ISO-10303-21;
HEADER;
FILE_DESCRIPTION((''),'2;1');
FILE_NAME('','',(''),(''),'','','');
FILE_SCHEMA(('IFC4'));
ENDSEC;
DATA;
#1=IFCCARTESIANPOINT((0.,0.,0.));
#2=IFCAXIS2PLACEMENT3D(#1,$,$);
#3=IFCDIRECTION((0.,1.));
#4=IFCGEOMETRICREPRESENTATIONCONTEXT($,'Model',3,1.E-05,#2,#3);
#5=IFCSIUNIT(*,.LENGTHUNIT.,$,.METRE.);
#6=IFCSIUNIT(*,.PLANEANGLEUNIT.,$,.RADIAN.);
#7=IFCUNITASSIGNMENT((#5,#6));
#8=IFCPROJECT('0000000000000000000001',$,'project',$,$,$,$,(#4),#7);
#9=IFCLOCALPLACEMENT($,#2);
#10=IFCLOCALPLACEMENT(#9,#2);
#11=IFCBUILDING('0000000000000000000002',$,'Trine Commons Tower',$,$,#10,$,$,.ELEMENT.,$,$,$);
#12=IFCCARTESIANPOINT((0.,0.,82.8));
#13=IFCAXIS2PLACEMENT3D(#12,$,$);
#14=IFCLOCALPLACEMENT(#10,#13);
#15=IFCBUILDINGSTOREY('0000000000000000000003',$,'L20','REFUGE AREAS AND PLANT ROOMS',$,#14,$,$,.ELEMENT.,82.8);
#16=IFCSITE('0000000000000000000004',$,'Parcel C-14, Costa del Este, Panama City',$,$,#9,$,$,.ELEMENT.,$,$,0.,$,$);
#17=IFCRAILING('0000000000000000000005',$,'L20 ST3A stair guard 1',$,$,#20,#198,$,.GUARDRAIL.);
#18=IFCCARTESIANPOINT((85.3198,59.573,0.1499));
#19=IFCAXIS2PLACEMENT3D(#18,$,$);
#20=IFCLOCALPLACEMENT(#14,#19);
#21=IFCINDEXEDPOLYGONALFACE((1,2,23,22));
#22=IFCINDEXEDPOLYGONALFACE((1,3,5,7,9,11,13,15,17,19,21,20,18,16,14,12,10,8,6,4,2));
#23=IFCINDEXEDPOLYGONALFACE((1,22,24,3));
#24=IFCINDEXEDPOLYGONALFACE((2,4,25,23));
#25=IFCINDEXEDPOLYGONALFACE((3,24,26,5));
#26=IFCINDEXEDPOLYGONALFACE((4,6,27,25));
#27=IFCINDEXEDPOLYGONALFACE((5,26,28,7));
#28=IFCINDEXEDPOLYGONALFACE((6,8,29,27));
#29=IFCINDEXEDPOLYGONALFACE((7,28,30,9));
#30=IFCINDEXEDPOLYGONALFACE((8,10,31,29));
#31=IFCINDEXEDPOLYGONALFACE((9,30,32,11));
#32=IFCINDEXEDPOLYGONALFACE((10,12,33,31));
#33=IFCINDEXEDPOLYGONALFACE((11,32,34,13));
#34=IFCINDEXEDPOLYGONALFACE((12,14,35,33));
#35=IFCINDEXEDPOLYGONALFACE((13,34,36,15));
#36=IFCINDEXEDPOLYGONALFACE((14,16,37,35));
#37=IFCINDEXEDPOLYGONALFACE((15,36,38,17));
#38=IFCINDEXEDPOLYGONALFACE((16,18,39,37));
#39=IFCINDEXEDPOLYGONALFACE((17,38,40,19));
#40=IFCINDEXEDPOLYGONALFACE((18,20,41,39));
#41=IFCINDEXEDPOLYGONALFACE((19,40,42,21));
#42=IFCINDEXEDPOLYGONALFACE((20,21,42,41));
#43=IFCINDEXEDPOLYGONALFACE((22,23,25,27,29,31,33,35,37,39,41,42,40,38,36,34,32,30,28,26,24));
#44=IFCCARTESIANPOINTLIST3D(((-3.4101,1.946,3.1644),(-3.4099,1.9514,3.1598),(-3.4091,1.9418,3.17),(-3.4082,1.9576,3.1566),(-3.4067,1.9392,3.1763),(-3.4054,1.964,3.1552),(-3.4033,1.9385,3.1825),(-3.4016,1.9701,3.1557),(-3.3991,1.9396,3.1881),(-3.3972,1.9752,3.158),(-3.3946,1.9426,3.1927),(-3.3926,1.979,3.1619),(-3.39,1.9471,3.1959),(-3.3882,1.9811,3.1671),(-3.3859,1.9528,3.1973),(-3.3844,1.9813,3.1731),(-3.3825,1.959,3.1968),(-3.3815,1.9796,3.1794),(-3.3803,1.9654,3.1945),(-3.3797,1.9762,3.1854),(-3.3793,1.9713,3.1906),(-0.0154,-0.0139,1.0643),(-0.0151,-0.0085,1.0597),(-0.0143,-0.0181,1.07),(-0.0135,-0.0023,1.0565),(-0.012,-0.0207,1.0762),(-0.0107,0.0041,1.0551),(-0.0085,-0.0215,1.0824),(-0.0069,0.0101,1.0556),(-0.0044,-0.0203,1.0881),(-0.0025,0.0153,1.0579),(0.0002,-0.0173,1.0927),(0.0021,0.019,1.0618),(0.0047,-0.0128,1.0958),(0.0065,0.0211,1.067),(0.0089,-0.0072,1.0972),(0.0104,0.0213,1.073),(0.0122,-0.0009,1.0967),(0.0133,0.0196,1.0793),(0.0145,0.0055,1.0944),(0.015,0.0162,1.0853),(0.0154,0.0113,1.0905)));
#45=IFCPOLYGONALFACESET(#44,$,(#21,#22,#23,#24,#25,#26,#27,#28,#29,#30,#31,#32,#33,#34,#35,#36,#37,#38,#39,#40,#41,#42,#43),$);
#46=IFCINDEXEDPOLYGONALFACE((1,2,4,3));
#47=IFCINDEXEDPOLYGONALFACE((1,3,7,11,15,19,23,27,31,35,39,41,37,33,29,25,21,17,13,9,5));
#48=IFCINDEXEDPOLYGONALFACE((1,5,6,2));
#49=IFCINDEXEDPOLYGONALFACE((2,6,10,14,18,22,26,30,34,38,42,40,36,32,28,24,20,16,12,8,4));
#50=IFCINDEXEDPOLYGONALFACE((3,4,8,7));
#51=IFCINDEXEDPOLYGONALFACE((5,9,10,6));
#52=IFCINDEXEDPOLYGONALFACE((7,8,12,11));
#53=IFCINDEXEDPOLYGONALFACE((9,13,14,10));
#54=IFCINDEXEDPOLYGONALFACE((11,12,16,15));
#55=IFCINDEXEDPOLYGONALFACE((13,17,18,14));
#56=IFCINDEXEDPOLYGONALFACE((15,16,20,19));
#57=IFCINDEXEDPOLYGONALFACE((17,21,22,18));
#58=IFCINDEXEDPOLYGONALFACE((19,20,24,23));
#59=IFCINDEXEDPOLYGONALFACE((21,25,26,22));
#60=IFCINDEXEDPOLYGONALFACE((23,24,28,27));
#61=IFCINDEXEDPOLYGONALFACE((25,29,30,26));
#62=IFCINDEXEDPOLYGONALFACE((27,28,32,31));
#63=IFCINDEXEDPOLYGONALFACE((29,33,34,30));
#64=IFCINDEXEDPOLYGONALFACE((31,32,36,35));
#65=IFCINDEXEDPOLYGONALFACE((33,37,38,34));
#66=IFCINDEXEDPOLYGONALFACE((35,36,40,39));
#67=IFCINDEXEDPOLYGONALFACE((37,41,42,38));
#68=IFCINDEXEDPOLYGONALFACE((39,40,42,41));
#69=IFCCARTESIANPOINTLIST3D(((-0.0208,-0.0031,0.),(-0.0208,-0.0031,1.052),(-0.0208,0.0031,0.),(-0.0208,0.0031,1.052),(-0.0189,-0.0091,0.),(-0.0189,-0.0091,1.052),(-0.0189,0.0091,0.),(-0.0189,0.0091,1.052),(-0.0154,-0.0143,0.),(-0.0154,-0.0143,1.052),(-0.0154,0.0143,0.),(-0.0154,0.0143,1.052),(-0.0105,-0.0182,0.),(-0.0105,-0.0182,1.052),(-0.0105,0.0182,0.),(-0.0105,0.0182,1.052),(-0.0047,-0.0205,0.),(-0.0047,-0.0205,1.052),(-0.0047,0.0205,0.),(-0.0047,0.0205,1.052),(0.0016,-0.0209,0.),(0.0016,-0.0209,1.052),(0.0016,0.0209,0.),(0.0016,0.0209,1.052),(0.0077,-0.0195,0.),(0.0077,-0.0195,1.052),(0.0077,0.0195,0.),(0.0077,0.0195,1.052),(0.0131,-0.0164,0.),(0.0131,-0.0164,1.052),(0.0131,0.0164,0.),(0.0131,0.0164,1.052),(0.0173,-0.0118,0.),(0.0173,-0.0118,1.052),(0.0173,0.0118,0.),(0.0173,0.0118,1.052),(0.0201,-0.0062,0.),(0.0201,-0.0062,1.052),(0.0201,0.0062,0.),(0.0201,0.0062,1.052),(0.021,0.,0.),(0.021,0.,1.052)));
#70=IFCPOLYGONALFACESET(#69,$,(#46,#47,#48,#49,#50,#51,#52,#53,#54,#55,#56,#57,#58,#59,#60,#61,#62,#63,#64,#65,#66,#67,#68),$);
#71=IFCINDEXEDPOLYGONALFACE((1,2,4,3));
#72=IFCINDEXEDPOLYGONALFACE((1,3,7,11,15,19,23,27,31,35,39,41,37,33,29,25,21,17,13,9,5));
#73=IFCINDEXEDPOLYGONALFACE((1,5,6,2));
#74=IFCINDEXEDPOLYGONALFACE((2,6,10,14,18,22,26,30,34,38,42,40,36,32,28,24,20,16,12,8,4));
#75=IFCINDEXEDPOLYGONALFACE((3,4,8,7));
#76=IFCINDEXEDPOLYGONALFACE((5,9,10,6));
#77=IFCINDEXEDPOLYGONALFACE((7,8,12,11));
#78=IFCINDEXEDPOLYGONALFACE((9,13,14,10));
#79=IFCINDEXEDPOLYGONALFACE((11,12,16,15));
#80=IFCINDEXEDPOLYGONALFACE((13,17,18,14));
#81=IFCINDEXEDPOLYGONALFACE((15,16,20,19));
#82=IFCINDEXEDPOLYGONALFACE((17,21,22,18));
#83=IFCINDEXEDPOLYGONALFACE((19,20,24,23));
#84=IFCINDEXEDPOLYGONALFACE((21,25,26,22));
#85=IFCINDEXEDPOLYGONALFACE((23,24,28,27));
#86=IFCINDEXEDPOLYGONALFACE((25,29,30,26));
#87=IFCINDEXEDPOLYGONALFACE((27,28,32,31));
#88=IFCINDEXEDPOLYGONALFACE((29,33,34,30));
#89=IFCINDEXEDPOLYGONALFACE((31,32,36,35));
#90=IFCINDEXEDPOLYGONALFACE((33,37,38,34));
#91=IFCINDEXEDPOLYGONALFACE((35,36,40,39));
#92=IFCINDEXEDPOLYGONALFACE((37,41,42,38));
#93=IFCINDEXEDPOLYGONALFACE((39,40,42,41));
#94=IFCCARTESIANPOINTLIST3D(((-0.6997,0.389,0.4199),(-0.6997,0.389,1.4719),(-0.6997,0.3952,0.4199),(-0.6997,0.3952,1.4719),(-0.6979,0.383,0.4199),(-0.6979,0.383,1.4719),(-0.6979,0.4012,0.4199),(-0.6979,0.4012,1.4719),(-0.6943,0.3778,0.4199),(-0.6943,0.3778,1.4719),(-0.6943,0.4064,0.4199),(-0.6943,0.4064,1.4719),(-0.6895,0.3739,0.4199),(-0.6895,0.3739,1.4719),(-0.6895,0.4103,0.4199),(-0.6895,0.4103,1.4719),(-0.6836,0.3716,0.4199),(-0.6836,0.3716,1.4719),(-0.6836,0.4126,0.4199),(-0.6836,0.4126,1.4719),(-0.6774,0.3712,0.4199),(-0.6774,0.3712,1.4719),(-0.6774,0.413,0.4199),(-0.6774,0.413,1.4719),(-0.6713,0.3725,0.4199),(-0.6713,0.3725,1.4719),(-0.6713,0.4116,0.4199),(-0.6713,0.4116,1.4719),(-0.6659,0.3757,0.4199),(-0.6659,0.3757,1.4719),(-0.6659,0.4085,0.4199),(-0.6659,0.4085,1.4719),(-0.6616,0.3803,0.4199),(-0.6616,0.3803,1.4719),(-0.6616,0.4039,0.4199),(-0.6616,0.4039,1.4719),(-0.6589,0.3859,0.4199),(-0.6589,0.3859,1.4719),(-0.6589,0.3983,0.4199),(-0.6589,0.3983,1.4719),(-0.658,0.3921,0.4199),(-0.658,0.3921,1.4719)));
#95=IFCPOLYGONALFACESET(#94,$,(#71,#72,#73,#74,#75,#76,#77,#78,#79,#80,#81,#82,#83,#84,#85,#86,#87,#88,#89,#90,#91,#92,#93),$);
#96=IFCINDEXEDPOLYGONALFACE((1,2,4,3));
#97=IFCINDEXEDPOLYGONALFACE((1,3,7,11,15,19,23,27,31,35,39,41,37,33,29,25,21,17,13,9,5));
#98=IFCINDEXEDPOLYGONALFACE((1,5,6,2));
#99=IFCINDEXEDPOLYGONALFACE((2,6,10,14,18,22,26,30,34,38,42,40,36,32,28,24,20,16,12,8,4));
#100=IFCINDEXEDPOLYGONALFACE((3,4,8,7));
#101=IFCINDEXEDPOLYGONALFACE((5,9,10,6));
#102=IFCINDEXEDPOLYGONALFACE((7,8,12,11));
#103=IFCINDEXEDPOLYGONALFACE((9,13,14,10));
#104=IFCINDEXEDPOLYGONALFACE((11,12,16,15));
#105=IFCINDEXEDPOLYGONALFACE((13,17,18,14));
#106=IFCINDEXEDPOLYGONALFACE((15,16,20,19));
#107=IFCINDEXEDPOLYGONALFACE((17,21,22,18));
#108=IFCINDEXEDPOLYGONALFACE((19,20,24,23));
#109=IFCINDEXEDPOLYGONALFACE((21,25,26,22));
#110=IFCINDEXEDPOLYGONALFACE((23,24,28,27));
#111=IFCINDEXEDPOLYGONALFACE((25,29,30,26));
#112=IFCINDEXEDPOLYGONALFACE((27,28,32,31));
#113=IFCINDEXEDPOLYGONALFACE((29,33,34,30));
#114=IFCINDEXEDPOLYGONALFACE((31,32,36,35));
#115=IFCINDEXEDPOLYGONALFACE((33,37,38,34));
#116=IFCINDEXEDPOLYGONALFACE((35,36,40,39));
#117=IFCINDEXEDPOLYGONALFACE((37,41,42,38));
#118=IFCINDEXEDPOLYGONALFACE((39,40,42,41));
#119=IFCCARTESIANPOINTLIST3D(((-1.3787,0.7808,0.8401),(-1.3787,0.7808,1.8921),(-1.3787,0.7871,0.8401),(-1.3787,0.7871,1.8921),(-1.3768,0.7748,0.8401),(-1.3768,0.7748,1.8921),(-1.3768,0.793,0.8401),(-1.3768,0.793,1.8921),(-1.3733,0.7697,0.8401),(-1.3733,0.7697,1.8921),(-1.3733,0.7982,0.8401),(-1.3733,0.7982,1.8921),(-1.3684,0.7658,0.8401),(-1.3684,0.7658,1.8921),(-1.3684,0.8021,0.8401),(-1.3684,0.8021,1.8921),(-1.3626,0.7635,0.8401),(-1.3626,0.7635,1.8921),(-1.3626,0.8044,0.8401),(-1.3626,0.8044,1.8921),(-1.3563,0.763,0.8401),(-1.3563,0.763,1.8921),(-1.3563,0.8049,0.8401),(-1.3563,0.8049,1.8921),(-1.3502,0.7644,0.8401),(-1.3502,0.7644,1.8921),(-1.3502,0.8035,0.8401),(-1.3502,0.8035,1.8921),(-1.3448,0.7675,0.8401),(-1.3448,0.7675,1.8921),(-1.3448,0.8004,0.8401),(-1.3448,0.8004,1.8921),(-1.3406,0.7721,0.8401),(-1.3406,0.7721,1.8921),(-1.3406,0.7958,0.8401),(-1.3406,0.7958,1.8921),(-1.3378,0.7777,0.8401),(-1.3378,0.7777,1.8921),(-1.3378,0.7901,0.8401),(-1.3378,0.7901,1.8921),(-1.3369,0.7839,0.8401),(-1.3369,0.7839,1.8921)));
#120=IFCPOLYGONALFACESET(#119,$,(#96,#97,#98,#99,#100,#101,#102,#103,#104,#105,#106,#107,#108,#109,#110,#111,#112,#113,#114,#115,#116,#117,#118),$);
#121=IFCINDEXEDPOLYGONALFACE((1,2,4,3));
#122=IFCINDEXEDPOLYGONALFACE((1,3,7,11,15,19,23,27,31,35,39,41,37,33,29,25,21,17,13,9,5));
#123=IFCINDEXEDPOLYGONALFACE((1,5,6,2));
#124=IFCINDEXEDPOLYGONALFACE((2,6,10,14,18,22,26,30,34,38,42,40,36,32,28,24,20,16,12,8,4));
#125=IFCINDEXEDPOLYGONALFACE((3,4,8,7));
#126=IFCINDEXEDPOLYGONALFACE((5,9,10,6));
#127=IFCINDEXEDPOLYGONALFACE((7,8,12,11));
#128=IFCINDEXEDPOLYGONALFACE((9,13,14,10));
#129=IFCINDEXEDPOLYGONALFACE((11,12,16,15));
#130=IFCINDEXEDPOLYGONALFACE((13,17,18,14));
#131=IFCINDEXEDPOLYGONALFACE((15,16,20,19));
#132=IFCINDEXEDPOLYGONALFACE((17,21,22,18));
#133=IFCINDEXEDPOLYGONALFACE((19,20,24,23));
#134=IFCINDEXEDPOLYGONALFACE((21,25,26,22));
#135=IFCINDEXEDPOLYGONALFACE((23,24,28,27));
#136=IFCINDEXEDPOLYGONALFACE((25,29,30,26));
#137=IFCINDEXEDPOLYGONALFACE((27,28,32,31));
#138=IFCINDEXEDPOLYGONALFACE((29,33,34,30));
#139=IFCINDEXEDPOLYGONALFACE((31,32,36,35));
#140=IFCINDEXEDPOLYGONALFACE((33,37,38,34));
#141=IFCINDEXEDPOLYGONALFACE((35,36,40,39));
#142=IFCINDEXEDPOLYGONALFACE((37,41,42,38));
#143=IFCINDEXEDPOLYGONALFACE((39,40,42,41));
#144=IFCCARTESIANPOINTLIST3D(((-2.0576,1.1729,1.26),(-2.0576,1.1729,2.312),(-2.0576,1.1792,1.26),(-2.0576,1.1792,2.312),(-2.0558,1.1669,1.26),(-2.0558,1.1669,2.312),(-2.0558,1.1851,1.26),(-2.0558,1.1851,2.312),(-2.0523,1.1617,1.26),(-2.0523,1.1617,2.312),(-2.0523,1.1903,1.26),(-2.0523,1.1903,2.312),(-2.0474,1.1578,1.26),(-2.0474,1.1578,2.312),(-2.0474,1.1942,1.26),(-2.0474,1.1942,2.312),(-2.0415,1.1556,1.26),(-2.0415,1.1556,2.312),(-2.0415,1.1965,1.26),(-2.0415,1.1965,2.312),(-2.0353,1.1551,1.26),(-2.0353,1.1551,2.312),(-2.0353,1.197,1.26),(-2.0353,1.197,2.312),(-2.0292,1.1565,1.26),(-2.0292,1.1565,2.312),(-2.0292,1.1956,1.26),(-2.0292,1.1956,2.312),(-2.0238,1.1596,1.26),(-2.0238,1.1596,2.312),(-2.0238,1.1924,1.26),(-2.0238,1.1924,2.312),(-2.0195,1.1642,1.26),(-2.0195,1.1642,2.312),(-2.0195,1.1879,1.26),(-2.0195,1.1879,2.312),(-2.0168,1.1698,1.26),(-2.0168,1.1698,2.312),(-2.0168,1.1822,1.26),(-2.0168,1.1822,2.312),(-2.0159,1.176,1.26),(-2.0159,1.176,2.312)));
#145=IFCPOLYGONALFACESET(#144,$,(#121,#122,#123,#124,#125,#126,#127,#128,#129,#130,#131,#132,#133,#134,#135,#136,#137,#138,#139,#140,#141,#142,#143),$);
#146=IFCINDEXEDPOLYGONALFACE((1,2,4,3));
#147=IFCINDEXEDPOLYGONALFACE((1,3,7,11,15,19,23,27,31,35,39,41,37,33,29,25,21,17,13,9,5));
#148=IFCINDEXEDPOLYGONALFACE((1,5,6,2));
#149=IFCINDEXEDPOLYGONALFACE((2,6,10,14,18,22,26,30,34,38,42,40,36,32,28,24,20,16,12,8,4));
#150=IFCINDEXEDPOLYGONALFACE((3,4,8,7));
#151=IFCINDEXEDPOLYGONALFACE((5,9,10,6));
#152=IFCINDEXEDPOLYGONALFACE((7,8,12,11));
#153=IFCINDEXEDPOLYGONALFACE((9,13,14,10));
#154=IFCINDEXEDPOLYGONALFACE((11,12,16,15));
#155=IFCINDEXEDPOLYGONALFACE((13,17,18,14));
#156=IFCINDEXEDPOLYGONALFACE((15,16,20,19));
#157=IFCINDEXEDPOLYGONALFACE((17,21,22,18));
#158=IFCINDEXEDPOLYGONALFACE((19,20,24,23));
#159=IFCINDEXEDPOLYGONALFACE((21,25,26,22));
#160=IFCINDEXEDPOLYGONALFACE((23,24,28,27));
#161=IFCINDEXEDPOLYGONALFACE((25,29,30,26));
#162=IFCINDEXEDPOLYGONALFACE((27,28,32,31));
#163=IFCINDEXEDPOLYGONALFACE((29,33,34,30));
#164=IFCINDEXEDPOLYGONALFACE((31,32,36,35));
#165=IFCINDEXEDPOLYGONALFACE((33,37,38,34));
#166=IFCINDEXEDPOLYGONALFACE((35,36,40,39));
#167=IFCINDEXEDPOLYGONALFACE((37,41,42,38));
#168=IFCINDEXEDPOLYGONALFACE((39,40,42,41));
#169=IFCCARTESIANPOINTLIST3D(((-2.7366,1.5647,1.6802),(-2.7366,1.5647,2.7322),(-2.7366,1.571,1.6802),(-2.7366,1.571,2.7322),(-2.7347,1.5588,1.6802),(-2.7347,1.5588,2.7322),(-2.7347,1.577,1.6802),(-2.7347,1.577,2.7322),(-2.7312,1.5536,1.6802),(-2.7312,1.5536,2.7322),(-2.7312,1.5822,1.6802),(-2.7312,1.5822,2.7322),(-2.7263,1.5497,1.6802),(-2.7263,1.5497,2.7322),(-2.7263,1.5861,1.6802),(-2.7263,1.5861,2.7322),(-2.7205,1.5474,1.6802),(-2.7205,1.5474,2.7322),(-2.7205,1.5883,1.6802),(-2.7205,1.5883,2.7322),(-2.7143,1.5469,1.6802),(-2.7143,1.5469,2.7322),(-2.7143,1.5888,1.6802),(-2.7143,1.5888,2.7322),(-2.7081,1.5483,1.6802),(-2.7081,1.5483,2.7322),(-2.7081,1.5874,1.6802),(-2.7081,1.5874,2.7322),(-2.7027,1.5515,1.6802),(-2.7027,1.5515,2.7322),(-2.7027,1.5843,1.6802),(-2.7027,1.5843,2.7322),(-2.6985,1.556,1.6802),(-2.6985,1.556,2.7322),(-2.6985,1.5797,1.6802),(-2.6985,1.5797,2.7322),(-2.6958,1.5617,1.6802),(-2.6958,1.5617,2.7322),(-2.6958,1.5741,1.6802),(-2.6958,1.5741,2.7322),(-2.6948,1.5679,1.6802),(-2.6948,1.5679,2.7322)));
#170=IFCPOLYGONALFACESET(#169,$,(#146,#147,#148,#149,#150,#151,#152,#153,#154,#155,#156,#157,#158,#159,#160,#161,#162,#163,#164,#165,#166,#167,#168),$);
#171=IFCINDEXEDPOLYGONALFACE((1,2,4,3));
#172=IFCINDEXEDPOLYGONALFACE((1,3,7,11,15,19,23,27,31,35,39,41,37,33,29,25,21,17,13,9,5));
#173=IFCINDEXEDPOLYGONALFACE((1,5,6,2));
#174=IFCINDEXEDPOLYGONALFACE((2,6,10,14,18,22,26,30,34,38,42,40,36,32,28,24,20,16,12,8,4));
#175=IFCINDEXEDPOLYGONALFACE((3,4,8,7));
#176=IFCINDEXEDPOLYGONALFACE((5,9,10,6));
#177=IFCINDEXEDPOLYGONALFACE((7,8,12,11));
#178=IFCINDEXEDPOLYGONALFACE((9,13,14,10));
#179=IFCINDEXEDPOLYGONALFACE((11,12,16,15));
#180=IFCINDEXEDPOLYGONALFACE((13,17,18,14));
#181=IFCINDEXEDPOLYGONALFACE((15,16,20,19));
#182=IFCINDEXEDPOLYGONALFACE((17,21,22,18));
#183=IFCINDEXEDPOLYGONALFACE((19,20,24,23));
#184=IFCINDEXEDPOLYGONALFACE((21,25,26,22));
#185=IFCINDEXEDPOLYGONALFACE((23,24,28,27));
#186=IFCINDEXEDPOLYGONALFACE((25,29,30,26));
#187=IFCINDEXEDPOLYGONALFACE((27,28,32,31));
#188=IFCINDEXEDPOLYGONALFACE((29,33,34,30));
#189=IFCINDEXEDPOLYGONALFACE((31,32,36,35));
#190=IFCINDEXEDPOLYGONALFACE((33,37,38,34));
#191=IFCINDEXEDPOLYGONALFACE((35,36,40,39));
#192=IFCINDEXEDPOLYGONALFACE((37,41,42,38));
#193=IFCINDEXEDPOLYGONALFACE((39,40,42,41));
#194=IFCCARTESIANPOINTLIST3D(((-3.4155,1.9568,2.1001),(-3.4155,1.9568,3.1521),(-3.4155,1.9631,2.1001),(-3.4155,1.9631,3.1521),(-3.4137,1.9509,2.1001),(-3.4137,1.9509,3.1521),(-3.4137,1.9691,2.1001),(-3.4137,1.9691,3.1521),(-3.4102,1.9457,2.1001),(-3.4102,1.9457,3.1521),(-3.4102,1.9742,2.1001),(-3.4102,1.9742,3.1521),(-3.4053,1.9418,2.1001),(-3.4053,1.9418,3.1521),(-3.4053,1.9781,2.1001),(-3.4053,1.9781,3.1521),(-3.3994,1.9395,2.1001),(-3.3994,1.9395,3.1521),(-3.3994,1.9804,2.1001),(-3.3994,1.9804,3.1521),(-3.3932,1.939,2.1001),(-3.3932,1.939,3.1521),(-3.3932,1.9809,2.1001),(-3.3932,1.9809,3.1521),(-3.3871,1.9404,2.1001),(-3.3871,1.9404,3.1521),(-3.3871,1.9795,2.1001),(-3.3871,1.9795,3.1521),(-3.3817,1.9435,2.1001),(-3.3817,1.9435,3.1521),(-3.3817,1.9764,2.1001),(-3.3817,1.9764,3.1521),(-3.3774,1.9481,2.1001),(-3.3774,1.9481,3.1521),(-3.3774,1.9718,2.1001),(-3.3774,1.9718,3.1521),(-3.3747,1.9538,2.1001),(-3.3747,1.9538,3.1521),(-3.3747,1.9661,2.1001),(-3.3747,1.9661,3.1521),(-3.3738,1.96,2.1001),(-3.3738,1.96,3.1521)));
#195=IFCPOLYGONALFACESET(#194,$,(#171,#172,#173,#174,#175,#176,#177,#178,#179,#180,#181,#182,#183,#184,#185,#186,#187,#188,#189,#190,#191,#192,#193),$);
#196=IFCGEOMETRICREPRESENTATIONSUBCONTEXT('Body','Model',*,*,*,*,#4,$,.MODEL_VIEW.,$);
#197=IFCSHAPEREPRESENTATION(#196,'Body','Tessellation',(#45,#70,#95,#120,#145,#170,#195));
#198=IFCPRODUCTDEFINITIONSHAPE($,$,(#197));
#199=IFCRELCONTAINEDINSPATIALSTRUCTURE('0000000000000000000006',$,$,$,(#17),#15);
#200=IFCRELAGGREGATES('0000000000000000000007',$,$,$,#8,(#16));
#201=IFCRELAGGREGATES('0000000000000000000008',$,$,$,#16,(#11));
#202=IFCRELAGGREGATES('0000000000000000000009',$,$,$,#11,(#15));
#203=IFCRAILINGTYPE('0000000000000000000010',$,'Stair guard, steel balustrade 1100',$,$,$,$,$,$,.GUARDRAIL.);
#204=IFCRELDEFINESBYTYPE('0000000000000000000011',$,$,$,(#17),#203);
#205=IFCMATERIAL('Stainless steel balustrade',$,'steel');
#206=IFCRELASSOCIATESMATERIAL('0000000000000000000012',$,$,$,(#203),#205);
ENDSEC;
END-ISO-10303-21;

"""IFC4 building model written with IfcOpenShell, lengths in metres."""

from ifc_helpers import new_model, si_unit, direction, frame, origin, origin_2d, place, context, subcontext, project, spatial, circle, extrude, material, type_object, element, save


model = new_model("IFC4")

# Units and contexts
model_context = context("Model", 3, precision=1e-05, world=origin(), true_north=direction((0.0, 1.0)))
body_context = subcontext(model_context, "Body", "Model", "MODEL_VIEW")
ifc_project = project(units=[si_unit("LENGTHUNIT", "METRE"), si_unit("PLANEANGLEUNIT", "RADIAN")], contexts=[model_context])

# Site, building, storey
site_placement = place(None, origin())
site = spatial("IfcSite", under=ifc_project, at=site_placement, Name="Parcel C-14, Costa del Este, Panama City", CompositionType="ELEMENT", RefElevation=0.0)
building_placement = place(site_placement, origin())
building = spatial("IfcBuilding", under=site, at=building_placement, Name="Trine Commons Tower", CompositionType="ELEMENT")
storey_placement = place(building_placement, frame((0.0, 0.0, 82.8)))
storey = spatial("IfcBuildingStorey", under=building, at=storey_placement, Name="L20", Description="REFUGE AREAS AND PLANT ROOMS", CompositionType="ELEMENT", Elevation=82.8)

# Railing
ifc_material_1 = material(Name="Stainless steel balustrade", Category="steel")
railing_type_1 = type_object("IfcRailingType", Name="Stair guard, steel balustrade 1100", PredefinedType="GUARDRAIL", material=ifc_material_1)
railing_1_placement = place(storey_placement, frame((85.3198, 59.573, 0.1499)))
element("IfcRailing", 1, at=railing_1_placement, inside=storey, type_object=railing_type_1, Name="L20 ST3A stair guard 1", PredefinedType="GUARDRAIL", context=body_context, shape_type="SweptSolid", body=[
    extrude(circle(Radius=0.0239, at=origin_2d()), frame((0.0, 0.0, 1.0762), z_axis=(-0.763375, 0.440732, 0.472244), x_axis=(-0.499997, -0.866027, 0.0)), (0.0, 0.0, 1.0), 4.447),
    extrude(circle(Radius=0.021, at=origin_2d()), origin(), (0.0, 0.0, 1.0), 1.052),
    extrude(circle(Radius=0.021, at=origin_2d()), frame((-0.679, 0.3921, 0.4199)), (0.0, 0.0, 1.0), 1.052),
    extrude(circle(Radius=0.021, at=origin_2d()), frame((-1.3579, 0.7839, 0.8401)), (0.0, 0.0, 1.0), 1.052),
    extrude(circle(Radius=0.021, at=origin_2d()), frame((-2.0369, 1.176, 1.26)), (0.0, 0.0, 1.0), 1.052),
    extrude(circle(Radius=0.021, at=origin_2d()), frame((-2.7158, 1.5679, 1.6802)), (0.0, 0.0, 1.0), 1.052),
    extrude(circle(Radius=0.021, at=origin_2d()), frame((-3.3948, 1.96, 2.1001)), (0.0, 0.0, 1.0), 1.052),
])

save(model, "model.ifc")
